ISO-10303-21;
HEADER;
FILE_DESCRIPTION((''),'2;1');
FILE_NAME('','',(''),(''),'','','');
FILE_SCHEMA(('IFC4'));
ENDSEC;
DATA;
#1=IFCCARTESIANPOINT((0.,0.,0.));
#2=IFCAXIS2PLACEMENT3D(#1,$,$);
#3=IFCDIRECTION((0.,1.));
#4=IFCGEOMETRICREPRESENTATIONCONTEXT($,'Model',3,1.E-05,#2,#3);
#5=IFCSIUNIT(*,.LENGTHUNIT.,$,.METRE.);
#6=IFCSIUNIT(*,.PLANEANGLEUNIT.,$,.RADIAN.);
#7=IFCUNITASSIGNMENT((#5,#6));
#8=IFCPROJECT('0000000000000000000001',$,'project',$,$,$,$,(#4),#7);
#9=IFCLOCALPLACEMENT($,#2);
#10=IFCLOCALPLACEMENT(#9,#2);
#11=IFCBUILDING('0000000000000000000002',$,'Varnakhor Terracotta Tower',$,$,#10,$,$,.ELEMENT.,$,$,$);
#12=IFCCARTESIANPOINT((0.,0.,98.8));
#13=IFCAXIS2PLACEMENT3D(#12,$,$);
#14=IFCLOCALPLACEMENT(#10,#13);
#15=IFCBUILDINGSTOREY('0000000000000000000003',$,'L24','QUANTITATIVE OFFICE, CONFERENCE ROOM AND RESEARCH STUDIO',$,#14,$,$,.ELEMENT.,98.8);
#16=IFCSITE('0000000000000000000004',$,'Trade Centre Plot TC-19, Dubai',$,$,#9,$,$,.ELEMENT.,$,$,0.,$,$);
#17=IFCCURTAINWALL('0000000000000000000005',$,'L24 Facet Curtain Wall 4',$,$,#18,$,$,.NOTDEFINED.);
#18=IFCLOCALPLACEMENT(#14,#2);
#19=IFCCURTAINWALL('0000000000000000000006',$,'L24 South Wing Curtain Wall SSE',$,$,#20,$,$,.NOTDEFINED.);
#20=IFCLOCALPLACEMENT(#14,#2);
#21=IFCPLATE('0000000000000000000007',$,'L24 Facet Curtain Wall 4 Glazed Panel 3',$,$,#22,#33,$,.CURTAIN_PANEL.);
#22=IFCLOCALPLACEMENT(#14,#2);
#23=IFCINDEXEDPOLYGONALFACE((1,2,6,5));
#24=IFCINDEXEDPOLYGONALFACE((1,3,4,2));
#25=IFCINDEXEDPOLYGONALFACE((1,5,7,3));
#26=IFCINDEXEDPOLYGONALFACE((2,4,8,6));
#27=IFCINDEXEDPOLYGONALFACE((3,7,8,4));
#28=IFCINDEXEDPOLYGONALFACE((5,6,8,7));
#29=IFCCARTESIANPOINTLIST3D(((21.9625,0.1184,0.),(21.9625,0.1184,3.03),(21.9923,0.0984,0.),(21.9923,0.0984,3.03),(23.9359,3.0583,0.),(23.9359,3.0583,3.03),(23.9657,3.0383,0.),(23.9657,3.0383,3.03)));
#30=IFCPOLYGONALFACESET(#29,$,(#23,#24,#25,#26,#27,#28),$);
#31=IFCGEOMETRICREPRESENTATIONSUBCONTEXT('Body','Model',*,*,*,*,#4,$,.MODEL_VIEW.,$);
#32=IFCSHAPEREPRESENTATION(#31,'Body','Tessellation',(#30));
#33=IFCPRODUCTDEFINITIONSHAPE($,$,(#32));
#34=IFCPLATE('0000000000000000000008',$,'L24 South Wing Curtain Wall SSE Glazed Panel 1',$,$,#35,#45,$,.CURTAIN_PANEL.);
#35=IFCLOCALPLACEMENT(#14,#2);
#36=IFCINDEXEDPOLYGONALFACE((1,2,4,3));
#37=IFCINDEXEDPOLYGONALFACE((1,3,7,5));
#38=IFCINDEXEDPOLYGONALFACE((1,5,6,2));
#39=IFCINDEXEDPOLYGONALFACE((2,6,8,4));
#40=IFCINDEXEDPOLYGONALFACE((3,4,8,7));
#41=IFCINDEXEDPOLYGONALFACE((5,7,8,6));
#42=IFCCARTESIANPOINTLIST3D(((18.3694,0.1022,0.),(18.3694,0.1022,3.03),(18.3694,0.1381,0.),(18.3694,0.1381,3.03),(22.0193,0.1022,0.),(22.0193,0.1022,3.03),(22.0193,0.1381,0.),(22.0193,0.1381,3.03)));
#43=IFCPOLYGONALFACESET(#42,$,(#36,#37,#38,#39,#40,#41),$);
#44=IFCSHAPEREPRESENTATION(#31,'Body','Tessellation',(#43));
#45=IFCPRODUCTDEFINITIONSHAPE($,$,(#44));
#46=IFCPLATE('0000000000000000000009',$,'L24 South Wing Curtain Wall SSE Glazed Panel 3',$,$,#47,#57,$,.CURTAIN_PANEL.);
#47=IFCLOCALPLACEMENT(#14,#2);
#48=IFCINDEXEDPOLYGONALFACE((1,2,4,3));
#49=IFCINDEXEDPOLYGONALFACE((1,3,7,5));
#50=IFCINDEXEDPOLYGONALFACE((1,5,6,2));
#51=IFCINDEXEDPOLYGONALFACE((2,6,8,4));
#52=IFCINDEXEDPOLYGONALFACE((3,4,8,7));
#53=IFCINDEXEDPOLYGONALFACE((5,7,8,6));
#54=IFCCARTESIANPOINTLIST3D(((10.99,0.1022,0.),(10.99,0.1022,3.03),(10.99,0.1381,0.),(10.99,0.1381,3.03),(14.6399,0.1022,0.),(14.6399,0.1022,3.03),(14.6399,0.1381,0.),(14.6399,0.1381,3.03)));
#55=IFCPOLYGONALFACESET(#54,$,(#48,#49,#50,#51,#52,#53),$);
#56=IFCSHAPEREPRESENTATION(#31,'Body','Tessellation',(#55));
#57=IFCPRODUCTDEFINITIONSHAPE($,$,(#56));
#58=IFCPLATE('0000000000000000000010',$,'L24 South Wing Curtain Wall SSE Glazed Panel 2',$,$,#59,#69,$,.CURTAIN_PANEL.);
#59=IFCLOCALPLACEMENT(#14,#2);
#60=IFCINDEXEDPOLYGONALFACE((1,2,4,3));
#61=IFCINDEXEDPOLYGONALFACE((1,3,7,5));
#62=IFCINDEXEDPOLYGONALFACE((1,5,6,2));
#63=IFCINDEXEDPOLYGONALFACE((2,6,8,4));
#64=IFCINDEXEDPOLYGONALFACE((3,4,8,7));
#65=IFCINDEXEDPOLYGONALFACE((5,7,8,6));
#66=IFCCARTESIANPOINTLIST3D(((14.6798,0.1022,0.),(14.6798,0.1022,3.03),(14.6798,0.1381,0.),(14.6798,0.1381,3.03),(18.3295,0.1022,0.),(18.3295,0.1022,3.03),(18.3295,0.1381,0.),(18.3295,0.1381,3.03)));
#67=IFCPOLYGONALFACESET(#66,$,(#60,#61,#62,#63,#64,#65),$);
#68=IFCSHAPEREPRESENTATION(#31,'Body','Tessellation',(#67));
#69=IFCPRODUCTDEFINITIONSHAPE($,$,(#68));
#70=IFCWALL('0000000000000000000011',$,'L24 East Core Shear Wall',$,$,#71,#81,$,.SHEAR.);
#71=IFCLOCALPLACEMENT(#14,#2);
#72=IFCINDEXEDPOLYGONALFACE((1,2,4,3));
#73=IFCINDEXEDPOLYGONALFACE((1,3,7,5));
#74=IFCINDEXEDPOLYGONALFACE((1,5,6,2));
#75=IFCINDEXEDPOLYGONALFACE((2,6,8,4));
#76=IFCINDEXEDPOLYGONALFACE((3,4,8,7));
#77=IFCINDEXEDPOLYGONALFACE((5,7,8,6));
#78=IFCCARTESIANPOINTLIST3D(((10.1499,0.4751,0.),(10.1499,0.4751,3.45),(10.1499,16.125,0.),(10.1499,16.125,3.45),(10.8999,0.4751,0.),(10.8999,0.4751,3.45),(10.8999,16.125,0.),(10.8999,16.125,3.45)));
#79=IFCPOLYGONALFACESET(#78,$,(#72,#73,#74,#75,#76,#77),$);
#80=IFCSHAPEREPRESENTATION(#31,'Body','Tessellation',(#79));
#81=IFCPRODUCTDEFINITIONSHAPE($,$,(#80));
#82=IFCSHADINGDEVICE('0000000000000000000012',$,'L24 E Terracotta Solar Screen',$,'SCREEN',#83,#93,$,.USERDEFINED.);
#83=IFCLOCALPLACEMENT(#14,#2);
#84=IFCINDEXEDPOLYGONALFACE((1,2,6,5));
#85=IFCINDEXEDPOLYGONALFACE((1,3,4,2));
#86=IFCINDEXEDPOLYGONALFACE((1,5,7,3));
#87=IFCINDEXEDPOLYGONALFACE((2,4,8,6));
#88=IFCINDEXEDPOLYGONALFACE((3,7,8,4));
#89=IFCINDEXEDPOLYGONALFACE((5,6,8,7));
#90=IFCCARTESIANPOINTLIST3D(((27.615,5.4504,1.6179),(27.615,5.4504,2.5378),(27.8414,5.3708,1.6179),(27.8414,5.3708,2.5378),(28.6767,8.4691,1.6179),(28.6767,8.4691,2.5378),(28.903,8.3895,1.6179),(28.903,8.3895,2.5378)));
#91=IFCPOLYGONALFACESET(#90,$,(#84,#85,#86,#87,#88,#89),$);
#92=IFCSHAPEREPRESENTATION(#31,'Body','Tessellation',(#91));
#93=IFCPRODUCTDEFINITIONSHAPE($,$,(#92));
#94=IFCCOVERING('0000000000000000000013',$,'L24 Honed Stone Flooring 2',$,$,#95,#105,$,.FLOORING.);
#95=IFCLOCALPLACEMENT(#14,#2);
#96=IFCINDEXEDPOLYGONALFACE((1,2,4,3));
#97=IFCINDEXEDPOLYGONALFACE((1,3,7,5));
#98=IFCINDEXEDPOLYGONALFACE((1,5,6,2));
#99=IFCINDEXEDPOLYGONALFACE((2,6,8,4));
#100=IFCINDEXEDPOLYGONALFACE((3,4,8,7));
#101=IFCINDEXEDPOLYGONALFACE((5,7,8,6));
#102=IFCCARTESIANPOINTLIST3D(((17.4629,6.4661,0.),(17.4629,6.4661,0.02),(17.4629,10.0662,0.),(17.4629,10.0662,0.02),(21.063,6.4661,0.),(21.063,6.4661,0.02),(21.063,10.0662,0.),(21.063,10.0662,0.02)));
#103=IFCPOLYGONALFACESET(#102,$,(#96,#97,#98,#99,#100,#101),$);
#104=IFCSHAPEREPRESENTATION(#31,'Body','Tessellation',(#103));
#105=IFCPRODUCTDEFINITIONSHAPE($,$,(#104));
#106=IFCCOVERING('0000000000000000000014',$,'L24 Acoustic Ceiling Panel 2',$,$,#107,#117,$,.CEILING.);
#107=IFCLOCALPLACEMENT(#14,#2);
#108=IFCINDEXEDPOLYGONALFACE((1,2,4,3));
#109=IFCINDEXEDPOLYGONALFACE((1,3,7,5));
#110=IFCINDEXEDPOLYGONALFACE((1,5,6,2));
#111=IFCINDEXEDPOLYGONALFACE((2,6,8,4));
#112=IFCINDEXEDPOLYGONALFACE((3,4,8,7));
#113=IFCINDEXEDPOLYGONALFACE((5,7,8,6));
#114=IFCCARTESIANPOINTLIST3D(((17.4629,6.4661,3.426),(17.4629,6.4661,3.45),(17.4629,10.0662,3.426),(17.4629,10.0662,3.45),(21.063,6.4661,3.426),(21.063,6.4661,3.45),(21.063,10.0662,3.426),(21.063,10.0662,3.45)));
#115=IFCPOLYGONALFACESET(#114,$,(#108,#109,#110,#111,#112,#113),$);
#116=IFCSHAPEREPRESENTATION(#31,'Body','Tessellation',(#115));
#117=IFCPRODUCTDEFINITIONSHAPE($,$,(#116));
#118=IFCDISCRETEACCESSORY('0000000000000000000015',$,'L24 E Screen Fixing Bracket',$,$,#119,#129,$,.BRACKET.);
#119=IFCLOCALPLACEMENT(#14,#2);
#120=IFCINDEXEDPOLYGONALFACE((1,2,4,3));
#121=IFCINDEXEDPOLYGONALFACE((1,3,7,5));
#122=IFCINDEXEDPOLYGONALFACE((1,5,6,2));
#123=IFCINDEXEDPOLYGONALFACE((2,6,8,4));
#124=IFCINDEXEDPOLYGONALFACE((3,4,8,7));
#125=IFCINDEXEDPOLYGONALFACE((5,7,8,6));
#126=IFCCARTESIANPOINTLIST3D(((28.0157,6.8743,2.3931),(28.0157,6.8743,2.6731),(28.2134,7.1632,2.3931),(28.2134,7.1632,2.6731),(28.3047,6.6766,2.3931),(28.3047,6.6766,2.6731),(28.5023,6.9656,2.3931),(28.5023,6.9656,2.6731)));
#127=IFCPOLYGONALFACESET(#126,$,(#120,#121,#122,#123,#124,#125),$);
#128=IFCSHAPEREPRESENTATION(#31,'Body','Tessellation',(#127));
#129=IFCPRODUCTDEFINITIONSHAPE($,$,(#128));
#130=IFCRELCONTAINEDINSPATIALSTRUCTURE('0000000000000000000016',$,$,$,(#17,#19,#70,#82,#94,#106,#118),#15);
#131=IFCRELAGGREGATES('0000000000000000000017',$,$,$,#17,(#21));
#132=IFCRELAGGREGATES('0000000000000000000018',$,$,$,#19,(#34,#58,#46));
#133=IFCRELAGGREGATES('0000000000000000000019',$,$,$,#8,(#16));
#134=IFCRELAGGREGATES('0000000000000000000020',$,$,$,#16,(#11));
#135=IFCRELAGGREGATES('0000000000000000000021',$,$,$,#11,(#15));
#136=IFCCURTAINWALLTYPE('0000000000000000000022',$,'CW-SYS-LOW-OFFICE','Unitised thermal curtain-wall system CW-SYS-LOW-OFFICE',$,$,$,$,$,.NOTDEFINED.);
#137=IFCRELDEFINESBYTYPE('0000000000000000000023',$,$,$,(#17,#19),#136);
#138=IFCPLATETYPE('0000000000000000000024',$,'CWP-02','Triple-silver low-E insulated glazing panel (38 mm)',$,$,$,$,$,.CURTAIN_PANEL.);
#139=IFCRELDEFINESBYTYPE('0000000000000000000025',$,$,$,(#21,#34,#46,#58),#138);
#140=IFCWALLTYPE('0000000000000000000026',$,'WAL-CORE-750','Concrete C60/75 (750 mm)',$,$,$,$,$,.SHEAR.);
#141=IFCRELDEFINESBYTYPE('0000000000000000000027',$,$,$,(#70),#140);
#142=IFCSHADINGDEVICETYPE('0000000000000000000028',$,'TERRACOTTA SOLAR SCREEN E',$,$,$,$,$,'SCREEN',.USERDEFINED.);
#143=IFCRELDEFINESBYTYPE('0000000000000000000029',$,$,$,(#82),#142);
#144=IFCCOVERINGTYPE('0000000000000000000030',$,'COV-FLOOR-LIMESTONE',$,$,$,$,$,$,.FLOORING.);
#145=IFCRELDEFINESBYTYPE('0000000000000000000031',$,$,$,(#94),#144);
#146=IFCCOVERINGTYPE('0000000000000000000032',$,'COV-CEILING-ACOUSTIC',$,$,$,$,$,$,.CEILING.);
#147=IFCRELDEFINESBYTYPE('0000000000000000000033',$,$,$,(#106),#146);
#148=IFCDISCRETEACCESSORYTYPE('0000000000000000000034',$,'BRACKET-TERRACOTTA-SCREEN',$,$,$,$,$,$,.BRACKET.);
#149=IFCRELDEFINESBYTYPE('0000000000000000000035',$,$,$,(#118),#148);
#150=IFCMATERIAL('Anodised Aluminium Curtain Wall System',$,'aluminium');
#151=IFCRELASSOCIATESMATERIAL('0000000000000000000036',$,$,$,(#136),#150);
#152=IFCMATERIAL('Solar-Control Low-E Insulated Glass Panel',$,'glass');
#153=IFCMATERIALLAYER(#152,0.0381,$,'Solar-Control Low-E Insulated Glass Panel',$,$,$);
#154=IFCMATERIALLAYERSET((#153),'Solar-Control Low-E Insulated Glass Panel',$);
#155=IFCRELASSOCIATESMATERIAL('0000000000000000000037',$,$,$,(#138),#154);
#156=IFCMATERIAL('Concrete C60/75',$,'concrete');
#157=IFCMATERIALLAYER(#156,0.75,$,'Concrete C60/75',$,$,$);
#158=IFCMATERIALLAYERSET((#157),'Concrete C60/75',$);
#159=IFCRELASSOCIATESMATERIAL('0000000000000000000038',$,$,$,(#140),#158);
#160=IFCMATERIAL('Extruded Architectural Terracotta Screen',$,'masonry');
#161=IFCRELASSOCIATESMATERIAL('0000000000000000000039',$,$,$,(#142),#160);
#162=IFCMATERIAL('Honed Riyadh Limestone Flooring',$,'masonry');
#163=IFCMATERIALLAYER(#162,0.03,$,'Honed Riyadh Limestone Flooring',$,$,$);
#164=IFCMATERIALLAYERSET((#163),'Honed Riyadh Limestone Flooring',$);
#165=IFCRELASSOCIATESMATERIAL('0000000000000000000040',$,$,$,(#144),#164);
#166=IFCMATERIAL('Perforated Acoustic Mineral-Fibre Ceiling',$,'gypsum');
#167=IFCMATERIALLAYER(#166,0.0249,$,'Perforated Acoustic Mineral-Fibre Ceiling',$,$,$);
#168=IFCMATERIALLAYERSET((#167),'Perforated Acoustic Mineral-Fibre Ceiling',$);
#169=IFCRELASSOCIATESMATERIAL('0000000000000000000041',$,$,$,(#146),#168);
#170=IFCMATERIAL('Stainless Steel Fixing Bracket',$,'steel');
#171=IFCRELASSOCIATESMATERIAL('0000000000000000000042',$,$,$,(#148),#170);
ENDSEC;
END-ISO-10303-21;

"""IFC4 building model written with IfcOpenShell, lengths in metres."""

from ifc_helpers import new_model, si_unit, direction, frame, frame_2d, origin, origin_2d, place, context, subcontext, project, spatial, rectangle, extrude, source, transform, mapped, material, layer, layer_set, type_object, type_shapes, element, aggregate, save


model = new_model("IFC4")

# Units and contexts
model_context = context("Model", 3, precision=1e-05, world=origin(), true_north=direction((0.0, 1.0)))
body_context = subcontext(model_context, "Body", "Model", "MODEL_VIEW")
ifc_project = project(units=[si_unit("LENGTHUNIT", "METRE"), si_unit("PLANEANGLEUNIT", "RADIAN")], contexts=[model_context])

# Site, building, storey
site_placement = place(None, origin())
site = spatial("IfcSite", under=ifc_project, at=site_placement, Name="Trade Centre Plot TC-19, Dubai", CompositionType="ELEMENT", RefElevation=0.0)
building_placement = place(site_placement, origin())
building = spatial("IfcBuilding", under=site, at=building_placement, Name="Varnakhor Terracotta Tower", CompositionType="ELEMENT")
storey_placement = place(building_placement, frame((0.0, 0.0, 98.8)))
storey = spatial("IfcBuildingStorey", under=building, at=storey_placement, Name="L24", Description="QUANTITATIVE OFFICE, CONFERENCE ROOM AND RESEARCH STUDIO", CompositionType="ELEMENT", Elevation=98.8)

# Curtain walls
ifc_material_1 = material(Name="Anodised Aluminium Curtain Wall System", Category="aluminium")
curtain_wall_type = type_object("IfcCurtainWallType", Name="CW-SYS-LOW-OFFICE", Description="Unitised thermal curtain-wall system CW-SYS-LOW-OFFICE", PredefinedType="NOTDEFINED", material=ifc_material_1)
curtain_wall_1_placement = place(storey_placement, origin())
curtain_wall_1 = element("IfcCurtainWall", 1, at=curtain_wall_1_placement, inside=storey, type_object=curtain_wall_type, Name="L24 Facet Curtain Wall 4", PredefinedType="NOTDEFINED")
curtain_wall_2_placement = place(storey_placement, origin())
curtain_wall_2 = element("IfcCurtainWall", 2, at=curtain_wall_2_placement, inside=storey, type_object=curtain_wall_type, Name="L24 South Wing Curtain Wall SSE", PredefinedType="NOTDEFINED")

# Shared definitions
ifc_material_2 = material(Name="Solar-Control Low-E Insulated Glass Panel", Category="glass")
ifc_layer_1 = layer(ifc_material_2, 0.0381, Name="Solar-Control Low-E Insulated Glass Panel")
ifc_layer_set_1 = layer_set([ifc_layer_1], Name="Solar-Control Low-E Insulated Glass Panel")
plate_type_1 = type_object("IfcPlateType", Name="CWP-02", Description="Triple-silver low-E insulated glazing panel (38 mm)", PredefinedType="CURTAIN_PANEL", material=ifc_layer_set_1)

# Plates
shared_shape_1 = source(origin(), body_context, "Body", "SweptSolid", [
    extrude(rectangle(XDim=3.5408, YDim=0.0359, at=origin_2d()), origin(), (0.0, 0.0, 1.0), 3.03),
])
plate_1_placement = place(storey_placement, frame((22.9641, 1.5784, 0.0), z_axis=(0.0, 0.0, 1.0), x_axis=(-0.557325, -0.830294, 0.0)))
plate_1 = element("IfcPlate", 3, at=plate_1_placement, type_object=plate_type_1, Name="L24 Facet Curtain Wall 4 Glazed Panel 3", PredefinedType="CURTAIN_PANEL", context=body_context, shape_type="MappedRepresentation", body=[
    mapped(shared_shape_1, transform((0.0, 0.0, 0.0), scale=1.0)),
])
aggregate(curtain_wall_1, [plate_1])
shared_shape_2 = source(origin(), body_context, "Body", "SweptSolid", [
    extrude(rectangle(XDim=3.6499, YDim=0.0359, at=origin_2d()), origin(), (0.0, 0.0, 1.0), 3.03),
])
plate_2_placement = place(storey_placement, frame((20.1943, 0.1201, 0.0), z_axis=(0.0, 0.0, 1.0), x_axis=(-1.0, 0.0, 0.0)))
plate_2 = element("IfcPlate", 4, at=plate_2_placement, type_object=plate_type_1, Name="L24 South Wing Curtain Wall SSE Glazed Panel 1", PredefinedType="CURTAIN_PANEL", context=body_context, shape_type="MappedRepresentation", body=[
    mapped(shared_shape_2, transform((0.0, 0.0, 0.0), scale=1.0)),
])
plate_3_placement = place(storey_placement, frame((12.8149, 0.1201, 0.0), z_axis=(0.0, 0.0, 1.0), x_axis=(-1.0, 0.0, 0.0)))
plate_3 = element("IfcPlate", 5, at=plate_3_placement, type_object=plate_type_1, Name="L24 South Wing Curtain Wall SSE Glazed Panel 3", PredefinedType="CURTAIN_PANEL", context=body_context, shape_type="MappedRepresentation", body=[
    mapped(shared_shape_2, transform((0.0, 0.0, 0.0), scale=1.0)),
])
shared_shape_3 = source(origin(), body_context, "Body", "SweptSolid", [
    extrude(rectangle(XDim=3.6497, YDim=0.0359, at=origin_2d()), origin(), (0.0, 0.0, 1.0), 3.03),
])
plate_4_placement = place(storey_placement, frame((16.5046, 0.1201, 0.0), z_axis=(0.0, 0.0, 1.0), x_axis=(-1.0, 0.0, 0.0)))
plate_4 = element("IfcPlate", 6, at=plate_4_placement, type_object=plate_type_1, Name="L24 South Wing Curtain Wall SSE Glazed Panel 2", PredefinedType="CURTAIN_PANEL", context=body_context, shape_type="MappedRepresentation", body=[
    mapped(shared_shape_3, transform((0.0, 0.0, 0.0), scale=1.0)),
])
aggregate(curtain_wall_2, [plate_2, plate_4, plate_3])

# Wall
ifc_material_3 = material(Name="Concrete C60/75", Category="concrete")
ifc_layer_2 = layer(ifc_material_3, 0.75, Name="Concrete C60/75")
ifc_layer_set_2 = layer_set([ifc_layer_2], Name="Concrete C60/75")
wall_type = type_object("IfcWallType", Name="WAL-CORE-750", Description="Concrete C60/75 (750 mm)", PredefinedType="SHEAR", material=ifc_layer_set_2)
wall_placement = place(storey_placement, frame((10.5249, 0.4751, 0.0), z_axis=(0.0, 0.0, 1.0), x_axis=(0.0, 1.0, 0.0)))
element("IfcWall", 7, at=wall_placement, inside=storey, type_object=wall_type, Name="L24 East Core Shear Wall", PredefinedType="SHEAR", context=body_context, shape_type="SweptSolid", body=[
    extrude(rectangle(XDim=15.6499, YDim=0.75, at=frame_2d((7.825, 0.0))), origin(), (0.0, 0.0, 1.0), 3.45),
])

# Shading device
ifc_material_4 = material(Name="Extruded Architectural Terracotta Screen", Category="masonry")
shading_device_type = type_object("IfcShadingDeviceType", Name="TERRACOTTA SOLAR SCREEN E", ElementType="SCREEN", PredefinedType="USERDEFINED", material=ifc_material_4)
shared_shape_4 = source(origin(), body_context, "Body", "SweptSolid", [
    extrude(rectangle(XDim=3.2, YDim=0.24, at=origin_2d()), origin(), (0.0, 0.0, 1.0), 0.9199),
])
type_shapes(shading_device_type, [shared_shape_4])
shading_device_placement = place(storey_placement, frame((28.259, 6.9199, 1.6179), z_axis=(0.0, 0.0, 1.0), x_axis=(0.331766, 0.943362, 0.0)))
element("IfcShadingDevice", 8, at=shading_device_placement, inside=storey, type_object=shading_device_type, Name="L24 E Terracotta Solar Screen", ObjectType="SCREEN", PredefinedType="USERDEFINED", context=body_context, shape_type="MappedRepresentation", body=[
    mapped(shared_shape_4, transform((0.0, 0.0, 0.0), scale=1.0)),
])

# Coverings
ifc_material_5 = material(Name="Honed Riyadh Limestone Flooring", Category="masonry")
ifc_layer_3 = layer(ifc_material_5, 0.03, Name="Honed Riyadh Limestone Flooring")
ifc_layer_set_3 = layer_set([ifc_layer_3], Name="Honed Riyadh Limestone Flooring")
covering_type_1 = type_object("IfcCoveringType", Name="COV-FLOOR-LIMESTONE", PredefinedType="FLOORING", material=ifc_layer_set_3)
shared_shape_5 = source(origin(), body_context, "Body", "SweptSolid", [
    extrude(rectangle(XDim=3.6001, YDim=3.6001, at=origin_2d()), origin(), (0.0, 0.0, 1.0), 0.02),
])
covering_1_placement = place(storey_placement, frame((19.2629, 8.2661, 0.0), z_axis=(0.0, 0.0, 1.0), x_axis=(1.0, 0.0, 0.0)))
element("IfcCovering", 9, at=covering_1_placement, inside=storey, type_object=covering_type_1, Name="L24 Honed Stone Flooring 2", PredefinedType="FLOORING", context=body_context, shape_type="MappedRepresentation", body=[
    mapped(shared_shape_5, transform((0.0, 0.0, 0.0), scale=1.0)),
])
ifc_material_6 = material(Name="Perforated Acoustic Mineral-Fibre Ceiling", Category="gypsum")
ifc_layer_4 = layer(ifc_material_6, 0.0249, Name="Perforated Acoustic Mineral-Fibre Ceiling")
ifc_layer_set_4 = layer_set([ifc_layer_4], Name="Perforated Acoustic Mineral-Fibre Ceiling")
covering_type_2 = type_object("IfcCoveringType", Name="COV-CEILING-ACOUSTIC", PredefinedType="CEILING", material=ifc_layer_set_4)
shared_shape_6 = source(origin(), body_context, "Body", "SweptSolid", [
    extrude(rectangle(XDim=3.6001, YDim=3.6001, at=origin_2d()), origin(), (0.0, 0.0, 1.0), 0.0239),
])
covering_2_placement = place(storey_placement, frame((19.2629, 8.2661, 3.426), z_axis=(0.0, 0.0, 1.0), x_axis=(1.0, 0.0, 0.0)))
element("IfcCovering", 10, at=covering_2_placement, inside=storey, type_object=covering_type_2, Name="L24 Acoustic Ceiling Panel 2", PredefinedType="CEILING", context=body_context, shape_type="MappedRepresentation", body=[
    mapped(shared_shape_6, transform((0.0, 0.0, 0.0), scale=1.0)),
])

# Discrete accessory
ifc_material_7 = material(Name="Stainless Steel Fixing Bracket", Category="steel")
discrete_accessory_type = type_object("IfcDiscreteAccessoryType", Name="BRACKET-TERRACOTTA-SCREEN", PredefinedType="BRACKET", material=ifc_material_7)
shared_shape_7 = source(origin(), body_context, "Body", "SweptSolid", [
    extrude(rectangle(XDim=0.3501, YDim=0.3501, at=origin_2d()), origin(), (0.0, 0.0, 1.0), 0.28),
])
type_shapes(discrete_accessory_type, [shared_shape_7])
discrete_accessory_placement = place(storey_placement, frame((28.259, 6.9199, 2.3931), z_axis=(0.0, 0.0, 1.0), x_axis=(0.564621, 0.82535, 0.0)))
element("IfcDiscreteAccessory", 11, at=discrete_accessory_placement, inside=storey, type_object=discrete_accessory_type, Name="L24 E Screen Fixing Bracket", PredefinedType="BRACKET", context=body_context, shape_type="MappedRepresentation", body=[
    mapped(shared_shape_7, transform((0.0, 0.0, 0.0), scale=1.0)),
])

save(model, "model.ifc")
